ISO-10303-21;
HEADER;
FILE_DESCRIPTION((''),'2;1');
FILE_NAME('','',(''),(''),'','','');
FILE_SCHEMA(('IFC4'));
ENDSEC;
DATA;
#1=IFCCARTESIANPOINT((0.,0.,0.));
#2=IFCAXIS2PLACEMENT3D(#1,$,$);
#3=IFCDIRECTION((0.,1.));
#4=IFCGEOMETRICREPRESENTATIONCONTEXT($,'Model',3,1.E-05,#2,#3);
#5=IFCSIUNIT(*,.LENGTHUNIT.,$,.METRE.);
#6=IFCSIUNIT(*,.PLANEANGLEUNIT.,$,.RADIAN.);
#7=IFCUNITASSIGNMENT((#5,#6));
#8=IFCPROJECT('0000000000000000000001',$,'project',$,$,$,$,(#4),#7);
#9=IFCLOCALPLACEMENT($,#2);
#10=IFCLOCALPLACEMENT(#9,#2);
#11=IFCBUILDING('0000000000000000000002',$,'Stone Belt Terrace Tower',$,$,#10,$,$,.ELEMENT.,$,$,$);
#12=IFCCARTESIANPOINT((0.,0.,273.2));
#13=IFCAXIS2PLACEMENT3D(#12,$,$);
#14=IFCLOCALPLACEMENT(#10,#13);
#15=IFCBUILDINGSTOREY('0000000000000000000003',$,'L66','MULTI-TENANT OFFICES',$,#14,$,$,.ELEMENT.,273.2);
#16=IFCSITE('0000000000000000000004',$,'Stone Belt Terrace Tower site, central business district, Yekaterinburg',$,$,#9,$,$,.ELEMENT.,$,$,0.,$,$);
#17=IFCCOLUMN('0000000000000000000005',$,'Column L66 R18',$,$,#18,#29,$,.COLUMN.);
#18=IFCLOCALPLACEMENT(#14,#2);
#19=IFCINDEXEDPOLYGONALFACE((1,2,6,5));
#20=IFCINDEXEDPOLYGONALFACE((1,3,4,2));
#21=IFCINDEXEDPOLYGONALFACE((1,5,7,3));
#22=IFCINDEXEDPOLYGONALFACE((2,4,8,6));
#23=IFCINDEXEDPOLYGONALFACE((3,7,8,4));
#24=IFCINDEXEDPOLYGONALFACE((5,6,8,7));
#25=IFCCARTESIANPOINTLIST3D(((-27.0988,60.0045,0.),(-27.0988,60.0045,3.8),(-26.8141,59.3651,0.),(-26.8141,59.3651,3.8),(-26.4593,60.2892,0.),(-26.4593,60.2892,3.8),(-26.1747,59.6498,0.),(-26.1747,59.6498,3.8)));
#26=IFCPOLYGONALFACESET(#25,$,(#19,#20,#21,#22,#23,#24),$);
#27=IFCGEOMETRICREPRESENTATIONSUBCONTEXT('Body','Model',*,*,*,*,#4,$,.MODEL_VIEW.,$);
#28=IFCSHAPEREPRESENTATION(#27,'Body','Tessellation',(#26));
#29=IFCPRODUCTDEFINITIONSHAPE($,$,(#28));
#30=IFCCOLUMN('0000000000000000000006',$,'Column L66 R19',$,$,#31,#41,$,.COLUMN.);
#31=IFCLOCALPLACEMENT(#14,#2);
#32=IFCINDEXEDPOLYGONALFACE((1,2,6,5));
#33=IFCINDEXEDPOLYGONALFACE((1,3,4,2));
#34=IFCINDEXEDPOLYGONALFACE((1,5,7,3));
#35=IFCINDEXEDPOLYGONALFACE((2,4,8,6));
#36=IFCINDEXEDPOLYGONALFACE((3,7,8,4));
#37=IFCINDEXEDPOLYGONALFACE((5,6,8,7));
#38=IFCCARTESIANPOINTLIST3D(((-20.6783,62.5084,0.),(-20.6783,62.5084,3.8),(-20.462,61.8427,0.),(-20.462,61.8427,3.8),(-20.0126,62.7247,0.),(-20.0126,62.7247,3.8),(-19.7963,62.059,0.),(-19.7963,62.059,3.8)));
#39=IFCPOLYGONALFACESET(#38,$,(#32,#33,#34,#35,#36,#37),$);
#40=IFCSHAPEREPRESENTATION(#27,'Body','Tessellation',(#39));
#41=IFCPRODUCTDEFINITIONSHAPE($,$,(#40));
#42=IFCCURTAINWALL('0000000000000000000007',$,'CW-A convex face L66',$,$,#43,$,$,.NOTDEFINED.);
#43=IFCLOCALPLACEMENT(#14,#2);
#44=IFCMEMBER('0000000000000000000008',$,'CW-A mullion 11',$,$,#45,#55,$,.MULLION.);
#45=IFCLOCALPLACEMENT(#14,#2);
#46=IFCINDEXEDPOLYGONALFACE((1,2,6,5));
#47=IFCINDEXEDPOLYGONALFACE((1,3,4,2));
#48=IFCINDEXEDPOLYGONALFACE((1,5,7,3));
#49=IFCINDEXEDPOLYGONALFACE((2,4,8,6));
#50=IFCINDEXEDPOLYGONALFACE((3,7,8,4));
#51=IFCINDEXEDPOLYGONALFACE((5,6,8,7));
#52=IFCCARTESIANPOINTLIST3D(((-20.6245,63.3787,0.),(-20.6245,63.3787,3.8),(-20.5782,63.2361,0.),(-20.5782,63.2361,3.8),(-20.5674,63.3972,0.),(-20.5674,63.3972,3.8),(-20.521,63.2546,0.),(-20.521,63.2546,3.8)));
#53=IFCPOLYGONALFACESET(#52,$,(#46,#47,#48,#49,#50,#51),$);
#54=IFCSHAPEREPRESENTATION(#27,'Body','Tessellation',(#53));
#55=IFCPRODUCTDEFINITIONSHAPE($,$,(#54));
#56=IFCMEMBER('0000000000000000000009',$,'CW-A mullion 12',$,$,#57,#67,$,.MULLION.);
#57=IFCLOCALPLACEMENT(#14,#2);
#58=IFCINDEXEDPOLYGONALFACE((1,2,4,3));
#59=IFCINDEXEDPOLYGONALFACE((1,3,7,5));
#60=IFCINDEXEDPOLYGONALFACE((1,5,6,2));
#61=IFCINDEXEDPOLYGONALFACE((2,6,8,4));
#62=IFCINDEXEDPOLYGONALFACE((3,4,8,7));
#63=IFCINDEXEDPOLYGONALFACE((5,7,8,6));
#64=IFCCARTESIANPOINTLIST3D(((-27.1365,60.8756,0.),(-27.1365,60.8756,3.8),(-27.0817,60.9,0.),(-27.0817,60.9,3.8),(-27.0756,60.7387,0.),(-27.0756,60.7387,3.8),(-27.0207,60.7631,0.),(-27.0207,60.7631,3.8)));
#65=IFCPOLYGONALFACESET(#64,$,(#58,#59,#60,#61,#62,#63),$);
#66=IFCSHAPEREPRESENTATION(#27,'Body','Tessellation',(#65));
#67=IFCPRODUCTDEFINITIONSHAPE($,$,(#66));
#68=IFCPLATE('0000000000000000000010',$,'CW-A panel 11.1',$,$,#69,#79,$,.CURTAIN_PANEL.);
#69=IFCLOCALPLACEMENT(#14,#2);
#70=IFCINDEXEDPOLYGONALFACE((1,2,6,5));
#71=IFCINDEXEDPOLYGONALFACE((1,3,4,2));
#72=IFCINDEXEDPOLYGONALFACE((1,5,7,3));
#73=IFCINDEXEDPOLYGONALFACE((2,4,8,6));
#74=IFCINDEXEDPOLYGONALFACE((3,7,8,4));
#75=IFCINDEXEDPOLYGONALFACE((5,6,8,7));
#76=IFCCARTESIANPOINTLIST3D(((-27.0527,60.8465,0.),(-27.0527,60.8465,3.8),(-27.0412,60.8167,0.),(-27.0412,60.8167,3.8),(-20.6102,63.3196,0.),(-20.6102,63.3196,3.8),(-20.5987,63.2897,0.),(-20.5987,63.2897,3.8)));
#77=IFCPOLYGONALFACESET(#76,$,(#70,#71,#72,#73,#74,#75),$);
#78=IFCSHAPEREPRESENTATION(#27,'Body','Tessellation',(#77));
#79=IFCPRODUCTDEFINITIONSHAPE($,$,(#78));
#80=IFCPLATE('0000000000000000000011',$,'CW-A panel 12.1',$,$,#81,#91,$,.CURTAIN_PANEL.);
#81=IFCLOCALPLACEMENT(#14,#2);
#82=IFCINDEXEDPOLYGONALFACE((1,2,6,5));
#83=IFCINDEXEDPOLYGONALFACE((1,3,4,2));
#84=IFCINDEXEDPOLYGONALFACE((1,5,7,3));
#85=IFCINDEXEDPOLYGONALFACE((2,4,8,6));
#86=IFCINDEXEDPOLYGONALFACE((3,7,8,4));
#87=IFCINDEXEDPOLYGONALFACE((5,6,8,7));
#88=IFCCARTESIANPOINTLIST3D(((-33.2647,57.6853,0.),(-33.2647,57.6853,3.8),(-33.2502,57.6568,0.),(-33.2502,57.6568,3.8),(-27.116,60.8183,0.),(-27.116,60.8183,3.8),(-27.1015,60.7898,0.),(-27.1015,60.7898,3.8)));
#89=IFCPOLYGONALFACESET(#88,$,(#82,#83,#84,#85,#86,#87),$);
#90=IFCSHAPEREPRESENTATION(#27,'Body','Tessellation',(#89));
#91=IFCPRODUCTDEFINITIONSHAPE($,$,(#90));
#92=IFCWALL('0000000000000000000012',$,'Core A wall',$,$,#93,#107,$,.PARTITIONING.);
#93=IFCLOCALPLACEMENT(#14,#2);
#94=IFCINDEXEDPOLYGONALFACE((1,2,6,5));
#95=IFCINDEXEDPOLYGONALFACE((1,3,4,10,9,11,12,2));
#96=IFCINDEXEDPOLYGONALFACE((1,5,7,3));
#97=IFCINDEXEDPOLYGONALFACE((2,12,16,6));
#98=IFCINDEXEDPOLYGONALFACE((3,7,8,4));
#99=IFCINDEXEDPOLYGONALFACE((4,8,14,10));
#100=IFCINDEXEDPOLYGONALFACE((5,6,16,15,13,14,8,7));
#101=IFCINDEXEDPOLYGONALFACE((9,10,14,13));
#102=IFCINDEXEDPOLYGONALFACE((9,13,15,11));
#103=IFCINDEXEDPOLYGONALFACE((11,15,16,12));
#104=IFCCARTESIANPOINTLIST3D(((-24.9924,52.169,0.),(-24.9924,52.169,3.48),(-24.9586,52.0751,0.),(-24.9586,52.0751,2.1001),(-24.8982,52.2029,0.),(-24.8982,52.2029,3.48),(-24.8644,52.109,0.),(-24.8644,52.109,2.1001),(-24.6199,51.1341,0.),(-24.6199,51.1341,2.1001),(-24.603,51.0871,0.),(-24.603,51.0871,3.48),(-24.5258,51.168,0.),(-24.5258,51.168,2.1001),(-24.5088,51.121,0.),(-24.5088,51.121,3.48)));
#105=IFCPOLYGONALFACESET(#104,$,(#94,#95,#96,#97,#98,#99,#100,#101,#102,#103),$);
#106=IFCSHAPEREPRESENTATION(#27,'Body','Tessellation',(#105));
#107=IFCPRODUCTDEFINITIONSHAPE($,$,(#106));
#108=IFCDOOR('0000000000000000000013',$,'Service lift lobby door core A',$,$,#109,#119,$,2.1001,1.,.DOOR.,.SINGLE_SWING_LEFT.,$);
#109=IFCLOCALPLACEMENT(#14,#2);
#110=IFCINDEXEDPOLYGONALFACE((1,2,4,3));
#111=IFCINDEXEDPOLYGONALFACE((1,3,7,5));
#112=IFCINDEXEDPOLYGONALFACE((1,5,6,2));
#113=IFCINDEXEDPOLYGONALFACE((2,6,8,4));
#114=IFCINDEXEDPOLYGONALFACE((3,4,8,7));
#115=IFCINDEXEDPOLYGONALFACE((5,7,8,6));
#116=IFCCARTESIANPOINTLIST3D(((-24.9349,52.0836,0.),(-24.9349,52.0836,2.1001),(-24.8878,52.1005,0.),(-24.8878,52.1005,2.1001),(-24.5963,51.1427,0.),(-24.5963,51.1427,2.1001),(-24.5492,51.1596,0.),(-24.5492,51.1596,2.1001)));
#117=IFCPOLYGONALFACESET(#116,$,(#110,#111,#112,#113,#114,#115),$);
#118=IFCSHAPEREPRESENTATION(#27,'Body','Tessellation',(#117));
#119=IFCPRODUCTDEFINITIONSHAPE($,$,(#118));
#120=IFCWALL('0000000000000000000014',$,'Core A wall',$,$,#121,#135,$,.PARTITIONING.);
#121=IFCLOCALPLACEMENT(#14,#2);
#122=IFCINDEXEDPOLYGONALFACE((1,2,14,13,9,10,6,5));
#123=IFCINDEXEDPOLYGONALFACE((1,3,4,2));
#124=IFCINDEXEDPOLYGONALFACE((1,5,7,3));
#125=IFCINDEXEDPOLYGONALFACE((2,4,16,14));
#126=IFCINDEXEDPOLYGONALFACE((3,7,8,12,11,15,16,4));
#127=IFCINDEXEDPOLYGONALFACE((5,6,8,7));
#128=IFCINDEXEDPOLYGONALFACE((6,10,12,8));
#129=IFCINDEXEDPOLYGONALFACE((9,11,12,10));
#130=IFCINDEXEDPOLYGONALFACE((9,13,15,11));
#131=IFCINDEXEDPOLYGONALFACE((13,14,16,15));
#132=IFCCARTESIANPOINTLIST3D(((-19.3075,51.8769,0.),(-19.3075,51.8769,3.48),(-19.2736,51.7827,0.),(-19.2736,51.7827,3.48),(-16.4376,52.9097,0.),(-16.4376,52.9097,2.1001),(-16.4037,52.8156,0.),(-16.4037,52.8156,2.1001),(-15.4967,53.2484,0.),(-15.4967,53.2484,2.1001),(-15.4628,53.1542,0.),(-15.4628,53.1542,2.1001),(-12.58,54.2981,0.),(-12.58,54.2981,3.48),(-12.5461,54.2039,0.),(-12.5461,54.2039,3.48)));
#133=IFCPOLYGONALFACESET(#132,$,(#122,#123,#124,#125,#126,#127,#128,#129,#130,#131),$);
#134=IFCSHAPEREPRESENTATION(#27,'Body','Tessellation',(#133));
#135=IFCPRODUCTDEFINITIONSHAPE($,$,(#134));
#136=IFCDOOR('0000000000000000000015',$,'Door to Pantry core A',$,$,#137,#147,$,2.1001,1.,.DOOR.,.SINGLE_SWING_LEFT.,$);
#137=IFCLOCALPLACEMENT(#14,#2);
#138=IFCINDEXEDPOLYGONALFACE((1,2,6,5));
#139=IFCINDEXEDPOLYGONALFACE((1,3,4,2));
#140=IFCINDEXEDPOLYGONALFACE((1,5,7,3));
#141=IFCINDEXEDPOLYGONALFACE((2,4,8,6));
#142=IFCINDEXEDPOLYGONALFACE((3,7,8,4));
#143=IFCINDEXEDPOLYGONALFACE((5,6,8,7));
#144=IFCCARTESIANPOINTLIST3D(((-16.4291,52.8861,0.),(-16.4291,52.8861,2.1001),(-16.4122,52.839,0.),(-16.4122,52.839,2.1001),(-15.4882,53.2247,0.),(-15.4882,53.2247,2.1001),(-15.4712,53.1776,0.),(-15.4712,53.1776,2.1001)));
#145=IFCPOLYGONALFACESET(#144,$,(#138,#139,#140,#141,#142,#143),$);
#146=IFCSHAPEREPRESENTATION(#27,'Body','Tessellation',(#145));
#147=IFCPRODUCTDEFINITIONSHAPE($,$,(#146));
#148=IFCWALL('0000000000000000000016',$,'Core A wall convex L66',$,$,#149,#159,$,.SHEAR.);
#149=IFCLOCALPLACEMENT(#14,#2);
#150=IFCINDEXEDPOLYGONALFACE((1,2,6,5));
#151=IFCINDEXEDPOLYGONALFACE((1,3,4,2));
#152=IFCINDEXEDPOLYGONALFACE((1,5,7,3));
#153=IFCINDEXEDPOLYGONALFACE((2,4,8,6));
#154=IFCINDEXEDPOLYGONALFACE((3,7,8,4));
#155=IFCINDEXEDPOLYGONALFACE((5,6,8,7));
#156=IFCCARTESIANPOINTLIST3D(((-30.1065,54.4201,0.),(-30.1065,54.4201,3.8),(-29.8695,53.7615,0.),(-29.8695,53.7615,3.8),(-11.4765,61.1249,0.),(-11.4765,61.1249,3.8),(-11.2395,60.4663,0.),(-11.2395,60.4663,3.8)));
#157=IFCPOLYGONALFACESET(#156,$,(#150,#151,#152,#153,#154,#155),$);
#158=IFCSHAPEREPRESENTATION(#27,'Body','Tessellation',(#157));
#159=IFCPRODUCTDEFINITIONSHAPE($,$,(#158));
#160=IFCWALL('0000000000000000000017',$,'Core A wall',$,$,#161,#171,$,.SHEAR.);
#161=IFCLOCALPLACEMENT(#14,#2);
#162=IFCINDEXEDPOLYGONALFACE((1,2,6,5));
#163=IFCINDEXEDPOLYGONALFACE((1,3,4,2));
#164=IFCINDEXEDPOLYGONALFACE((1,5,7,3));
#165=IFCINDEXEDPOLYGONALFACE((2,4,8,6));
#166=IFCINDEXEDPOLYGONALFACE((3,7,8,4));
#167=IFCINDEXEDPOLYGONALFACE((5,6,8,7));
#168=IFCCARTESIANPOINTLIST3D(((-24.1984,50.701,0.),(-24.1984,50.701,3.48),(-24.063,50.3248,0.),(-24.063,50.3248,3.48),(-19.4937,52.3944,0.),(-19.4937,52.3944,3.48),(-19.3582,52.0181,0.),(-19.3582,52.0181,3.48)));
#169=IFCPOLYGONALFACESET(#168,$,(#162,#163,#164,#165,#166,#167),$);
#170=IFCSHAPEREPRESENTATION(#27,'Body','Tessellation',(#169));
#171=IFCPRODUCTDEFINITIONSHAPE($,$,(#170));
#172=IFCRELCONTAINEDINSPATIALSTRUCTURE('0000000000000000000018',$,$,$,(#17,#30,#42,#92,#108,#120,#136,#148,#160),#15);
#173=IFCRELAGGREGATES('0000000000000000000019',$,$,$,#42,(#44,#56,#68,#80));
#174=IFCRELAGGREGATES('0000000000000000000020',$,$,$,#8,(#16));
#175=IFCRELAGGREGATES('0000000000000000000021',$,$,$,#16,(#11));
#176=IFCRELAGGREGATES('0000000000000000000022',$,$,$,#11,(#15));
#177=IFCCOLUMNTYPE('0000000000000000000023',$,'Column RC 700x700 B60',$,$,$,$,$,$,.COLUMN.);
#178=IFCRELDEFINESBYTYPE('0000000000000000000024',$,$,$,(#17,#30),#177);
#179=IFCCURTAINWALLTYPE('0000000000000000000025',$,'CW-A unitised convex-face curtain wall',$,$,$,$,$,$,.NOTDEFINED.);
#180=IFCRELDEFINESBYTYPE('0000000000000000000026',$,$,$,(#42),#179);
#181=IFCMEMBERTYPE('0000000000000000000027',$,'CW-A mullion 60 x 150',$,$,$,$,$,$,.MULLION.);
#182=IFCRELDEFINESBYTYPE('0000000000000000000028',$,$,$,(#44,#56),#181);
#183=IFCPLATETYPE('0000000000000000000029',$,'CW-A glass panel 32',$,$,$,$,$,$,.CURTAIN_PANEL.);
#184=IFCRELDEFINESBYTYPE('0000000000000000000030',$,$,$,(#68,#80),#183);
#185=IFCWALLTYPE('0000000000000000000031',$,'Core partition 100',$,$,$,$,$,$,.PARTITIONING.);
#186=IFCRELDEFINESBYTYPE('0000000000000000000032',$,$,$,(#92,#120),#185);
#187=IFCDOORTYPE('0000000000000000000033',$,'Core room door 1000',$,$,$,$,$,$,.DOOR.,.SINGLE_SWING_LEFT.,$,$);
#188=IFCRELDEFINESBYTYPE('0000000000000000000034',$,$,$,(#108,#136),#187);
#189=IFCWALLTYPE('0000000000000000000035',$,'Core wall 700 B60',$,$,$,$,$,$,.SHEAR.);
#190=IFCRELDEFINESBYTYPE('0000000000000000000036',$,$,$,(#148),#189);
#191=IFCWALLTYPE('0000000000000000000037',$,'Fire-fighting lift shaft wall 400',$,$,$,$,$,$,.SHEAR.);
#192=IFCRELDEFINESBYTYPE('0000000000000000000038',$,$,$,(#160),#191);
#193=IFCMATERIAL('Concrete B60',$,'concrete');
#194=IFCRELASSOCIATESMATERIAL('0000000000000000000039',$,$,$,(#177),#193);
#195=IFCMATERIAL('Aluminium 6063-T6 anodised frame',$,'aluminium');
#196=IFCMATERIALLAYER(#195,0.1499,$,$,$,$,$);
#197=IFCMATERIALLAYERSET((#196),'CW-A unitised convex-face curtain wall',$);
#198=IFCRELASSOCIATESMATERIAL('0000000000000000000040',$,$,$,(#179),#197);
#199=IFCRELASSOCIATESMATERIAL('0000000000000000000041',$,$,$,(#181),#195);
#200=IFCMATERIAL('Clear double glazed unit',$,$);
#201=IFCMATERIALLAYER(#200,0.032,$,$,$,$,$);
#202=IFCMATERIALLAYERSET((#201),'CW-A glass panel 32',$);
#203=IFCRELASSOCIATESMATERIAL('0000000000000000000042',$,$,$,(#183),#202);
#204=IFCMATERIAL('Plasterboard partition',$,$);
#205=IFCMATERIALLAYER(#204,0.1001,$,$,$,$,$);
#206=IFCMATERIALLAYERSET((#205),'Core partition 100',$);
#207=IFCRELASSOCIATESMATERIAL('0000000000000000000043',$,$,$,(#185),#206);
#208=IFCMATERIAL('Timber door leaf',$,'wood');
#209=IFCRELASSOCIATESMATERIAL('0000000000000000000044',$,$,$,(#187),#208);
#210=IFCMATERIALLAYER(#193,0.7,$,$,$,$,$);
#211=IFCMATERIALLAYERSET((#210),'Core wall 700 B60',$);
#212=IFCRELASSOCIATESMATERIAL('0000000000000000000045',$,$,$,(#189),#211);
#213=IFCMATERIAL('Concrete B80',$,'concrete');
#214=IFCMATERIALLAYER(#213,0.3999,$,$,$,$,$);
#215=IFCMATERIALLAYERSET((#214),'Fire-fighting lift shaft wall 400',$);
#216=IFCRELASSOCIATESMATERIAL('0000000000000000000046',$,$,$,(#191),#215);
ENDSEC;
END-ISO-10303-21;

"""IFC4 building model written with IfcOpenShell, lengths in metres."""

from ifc_helpers import new_model, si_unit, direction, frame, frame_2d, origin, origin_2d, place, context, subcontext, project, spatial, rectangle, extrude, material, layer, layer_set, material_profile, profile_set, type_object, element, fill, aggregate, save


model = new_model("IFC4")

# Units and contexts
model_context = context("Model", 3, precision=1e-05, world=origin(), true_north=direction((0.0, 1.0)))
body_context = subcontext(model_context, "Body", "Model", "MODEL_VIEW")
ifc_project = project(units=[si_unit("LENGTHUNIT", "METRE"), si_unit("PLANEANGLEUNIT", "RADIAN")], contexts=[model_context])

# Site, building, storey
site_placement = place(None, origin())
site = spatial("IfcSite", under=ifc_project, at=site_placement, Name="Stone Belt Terrace Tower site, central business district, Yekaterinburg", CompositionType="ELEMENT", RefElevation=0.0)
building_placement = place(site_placement, origin())
building = spatial("IfcBuilding", under=site, at=building_placement, Name="Stone Belt Terrace Tower", CompositionType="ELEMENT")
storey_placement = place(building_placement, frame((0.0, 0.0, 273.2)))
storey = spatial("IfcBuildingStorey", under=building, at=storey_placement, Name="L66", Description="MULTI-TENANT OFFICES", CompositionType="ELEMENT", Elevation=273.2)

# Columns
ifc_material_1 = material(Name="Concrete B60", Category="concrete")
ifc_material_profile_1 = material_profile(ifc_material_1, rectangle(XDim=0.7, YDim=0.7, at=origin_2d()), Name="RC 700x700")
ifc_profile_set_1 = profile_set([ifc_material_profile_1], Name="Concrete B60")
column_type = type_object("IfcColumnType", Name="Column RC 700x700 B60", PredefinedType="COLUMN", material=ifc_profile_set_1)
for number, where, z_axis, x_axis, name in (
    (1, (-26.6367, 59.8271, 0.0), (0.0, 0.0, 1.0), (0.913545, 0.406737, 0.0), "Column L66 R18"),
    (2, (-20.2373, 62.2837, 0.0), (0.0, 0.0, 1.0), (0.951057, 0.309017, 0.0), "Column L66 R19"),
):
    element("IfcColumn", number, at=place(storey_placement, frame(where, z_axis=z_axis, x_axis=x_axis)), inside=storey, type_object=column_type, Name=name, PredefinedType="COLUMN", context=body_context, shape_type="SweptSolid", body=[
        extrude(rectangle(XDim=0.7, YDim=0.7, at=origin_2d()), origin(), (0.0, 0.0, 1.0), 3.8),
    ])

# Curtain wall, members, plates
ifc_material_2 = material(Name="Aluminium 6063-T6 anodised frame", Category="aluminium")
ifc_layer_1 = layer(ifc_material_2, 0.1499)
ifc_layer_set_1 = layer_set([ifc_layer_1], Name="CW-A unitised convex-face curtain wall")
curtain_wall_type = type_object("IfcCurtainWallType", Name="CW-A unitised convex-face curtain wall", PredefinedType="NOTDEFINED", material=ifc_layer_set_1)
curtain_wall_placement = place(storey_placement, origin())
curtain_wall = element("IfcCurtainWall", 3, at=curtain_wall_placement, inside=storey, type_object=curtain_wall_type, Name="CW-A convex face L66", PredefinedType="NOTDEFINED")
ifc_material_profile_2 = material_profile(ifc_material_2, rectangle(XDim=0.1499, YDim=0.0601, at=origin_2d()), Name="Aluminium 6063-T6 60x150")
ifc_profile_set_2 = profile_set([ifc_material_profile_2], Name="Aluminium 6063-T6 anodised frame")
member_type = type_object("IfcMemberType", Name="CW-A mullion 60 x 150", PredefinedType="MULLION", material=ifc_profile_set_2)
member_1_placement = place(storey_placement, frame((-20.5728, 63.3167, 0.0), z_axis=(0.0, 0.0, 1.0), x_axis=(0.309017, -0.951057, 0.0)))
member_1 = element("IfcMember", 4, at=member_1_placement, type_object=member_type, Name="CW-A mullion 11", PredefinedType="MULLION", context=body_context, shape_type="SweptSolid", body=[
    extrude(rectangle(XDim=0.1499, YDim=0.0601, at=origin_2d()), origin(), (0.0, 0.0, 1.0), 3.8),
])
member_2_placement = place(storey_placement, frame((-27.0786, 60.8193, 0.0), z_axis=(0.0, 0.0, 1.0), x_axis=(0.406737, -0.913545, 0.0)))
member_2 = element("IfcMember", 5, at=member_2_placement, type_object=member_type, Name="CW-A mullion 12", PredefinedType="MULLION", context=body_context, shape_type="SweptSolid", body=[
    extrude(rectangle(XDim=0.1499, YDim=0.0601, at=origin_2d()), origin(), (0.0, 0.0, 1.0), 3.8),
])
ifc_material_3 = material(Name="Clear double glazed unit")
ifc_layer_2 = layer(ifc_material_3, 0.032)
ifc_layer_set_2 = layer_set([ifc_layer_2], Name="CW-A glass panel 32")
plate_type = type_object("IfcPlateType", Name="CW-A glass panel 32", PredefinedType="CURTAIN_PANEL", material=ifc_layer_set_2)
plate_1_placement = place(storey_placement, frame((-23.8257, 62.0681, 0.0), z_axis=(0.0, 0.0, 1.0), x_axis=(-0.93358, -0.358368, 0.0)))
plate_1 = element("IfcPlate", 6, at=plate_1_placement, type_object=plate_type, Name="CW-A panel 11.1", PredefinedType="CURTAIN_PANEL", context=body_context, shape_type="SweptSolid", body=[
    extrude(rectangle(XDim=6.9009, YDim=0.032, at=origin_2d()), origin(), (0.0, 0.0, 1.0), 3.8),
])
plate_2_placement = place(storey_placement, frame((-30.1831, 59.2375, 0.0), z_axis=(0.0, 0.0, 1.0), x_axis=(-0.891007, -0.45399, 0.0)))
plate_2 = element("IfcPlate", 7, at=plate_2_placement, type_object=plate_type, Name="CW-A panel 12.1", PredefinedType="CURTAIN_PANEL", context=body_context, shape_type="SweptSolid", body=[
    extrude(rectangle(XDim=6.9009, YDim=0.032, at=origin_2d()), origin(), (0.0, 0.0, 1.0), 3.8),
])
aggregate(curtain_wall, [member_1, member_2, plate_1, plate_2])

# Walls, openings, doors
ifc_material_4 = material(Name="Plasterboard partition")
ifc_layer_3 = layer(ifc_material_4, 0.1001)
ifc_layer_set_3 = layer_set([ifc_layer_3], Name="Core partition 100")
wall_type_1 = type_object("IfcWallType", Name="Core partition 100", PredefinedType="PARTITIONING", material=ifc_layer_set_3)
wall_1_placement = place(storey_placement, frame((-24.5559, 51.104, 0.0), z_axis=(0.0, 0.0, 1.0), x_axis=(-0.338622, 0.940923, 0.0)))
wall_1 = element("IfcWall", 8, at=wall_1_placement, inside=storey, type_object=wall_type_1, Name="Core A wall", PredefinedType="PARTITIONING", context=body_context, shape_type="SweptSolid", body=[
    extrude(rectangle(XDim=1.1499, YDim=0.1001, at=frame_2d((0.575, 0.0))), origin(), (0.0, 0.0, 1.0), 3.48),
])
opening_1_placement = place(wall_1_placement, frame((0.05, 0.0, 0.0)))
opening_1 = element("IfcOpeningElement", 9, at=opening_1_placement, cuts=wall_1, PredefinedType="OPENING", context=body_context, shape_type="SweptSolid", body=[
    extrude(rectangle(XDim=1.0, YDim=2.1001, at=frame_2d((0.5, 1.05))), frame((0.0, 0.0601, 0.0), z_axis=(0.0, -1.0, 0.0), x_axis=(1.0, 0.0, 0.0)), (0.0, 0.0, 1.0), 0.1201),
])
ifc_material_5 = material(Name="Timber door leaf", Category="wood")
door_type_1 = type_object("IfcDoorType", Name="Core room door 1000", OperationType="SINGLE_SWING_LEFT", PredefinedType="DOOR", material=ifc_material_5)
door_1_placement = place(opening_1_placement, origin())
door_1 = element("IfcDoor", 10, at=door_1_placement, inside=storey, type_object=door_type_1, Name="Service lift lobby door core A", OperationType="SINGLE_SWING_LEFT", OverallHeight=2.1001, OverallWidth=1.0, PredefinedType="DOOR", context=body_context, shape_type="SweptSolid", body=[
    extrude(rectangle(XDim=1.0, YDim=2.1001, at=frame_2d((0.5, 1.05))), frame((0.0, 0.0249, 0.0), z_axis=(0.0, -1.0, 0.0), x_axis=(1.0, 0.0, 0.0)), (0.0, 0.0, 1.0), 0.05),
])
fill(opening_1, door_1)
wall_2_placement = place(storey_placement, frame((-19.2905, 51.8298, 0.0), z_axis=(0.0, 0.0, 1.0), x_axis=(0.940922, 0.338624, 0.0)))
wall_2 = element("IfcWall", 11, at=wall_2_placement, inside=storey, type_object=wall_type_1, Name="Core A wall", PredefinedType="PARTITIONING", context=body_context, shape_type="SweptSolid", body=[
    extrude(rectangle(XDim=7.1499, YDim=0.1001, at=frame_2d((3.575, 0.0))), origin(), (0.0, 0.0, 1.0), 3.48),
])
opening_2_placement = place(wall_2_placement, frame((3.05, 0.0, 0.0)))
opening_2 = element("IfcOpeningElement", 12, at=opening_2_placement, cuts=wall_2, PredefinedType="OPENING", context=body_context, shape_type="SweptSolid", body=[
    extrude(rectangle(XDim=1.0, YDim=2.1001, at=frame_2d((0.5, 1.05))), frame((0.0, 0.0601, 0.0), z_axis=(0.0, -1.0, 0.0), x_axis=(1.0, 0.0, 0.0)), (0.0, 0.0, 1.0), 0.1201),
])
door_2_placement = place(opening_2_placement, origin())
door_2 = element("IfcDoor", 13, at=door_2_placement, inside=storey, type_object=door_type_1, Name="Door to Pantry core A", OperationType="SINGLE_SWING_LEFT", OverallHeight=2.1001, OverallWidth=1.0, PredefinedType="DOOR", context=body_context, shape_type="SweptSolid", body=[
    extrude(rectangle(XDim=1.0, YDim=2.1001, at=frame_2d((0.5, 1.05))), frame((0.0, 0.0249, 0.0), z_axis=(0.0, -1.0, 0.0), x_axis=(1.0, 0.0, 0.0)), (0.0, 0.0, 1.0), 0.05),
])
fill(opening_2, door_2)

# Walls
ifc_layer_4 = layer(ifc_material_1, 0.7)
ifc_layer_set_4 = layer_set([ifc_layer_4], Name="Core wall 700 B60")
wall_type_2 = type_object("IfcWallType", Name="Core wall 700 B60", PredefinedType="SHEAR", material=ifc_layer_set_4)
wall_3_placement = place(storey_placement, frame((-29.988, 54.0908, 0.0), z_axis=(0.0, 0.0, 1.0), x_axis=(0.94092, 0.33863, 0.0)))
element("IfcWall", 14, at=wall_3_placement, inside=storey, type_object=wall_type_2, Name="Core A wall convex L66", PredefinedType="SHEAR", context=body_context, shape_type="SweptSolid", body=[
    extrude(rectangle(XDim=19.7998, YDim=0.7, at=frame_2d((9.8999, 0.0))), origin(), (0.0, 0.0, 1.0), 3.8),
])
ifc_material_6 = material(Name="Concrete B80", Category="concrete")
ifc_layer_5 = layer(ifc_material_6, 0.3999)
ifc_layer_set_5 = layer_set([ifc_layer_5], Name="Fire-fighting lift shaft wall 400")
wall_type_3 = type_object("IfcWallType", Name="Fire-fighting lift shaft wall 400", PredefinedType="SHEAR", material=ifc_layer_set_5)
wall_4_placement = place(storey_placement, frame((-24.1306, 50.5129, 0.0), z_axis=(0.0, 0.0, 1.0), x_axis=(0.940912, 0.338652, 0.0)))
element("IfcWall", 15, at=wall_4_placement, inside=storey, type_object=wall_type_3, Name="Core A wall", PredefinedType="SHEAR", context=body_context, shape_type="SweptSolid", body=[
    extrude(rectangle(XDim=5.0002, YDim=0.3999, at=frame_2d((2.5, 0.0))), origin(), (0.0, 0.0, 1.0), 3.48),
])

save(model, "model.ifc")
